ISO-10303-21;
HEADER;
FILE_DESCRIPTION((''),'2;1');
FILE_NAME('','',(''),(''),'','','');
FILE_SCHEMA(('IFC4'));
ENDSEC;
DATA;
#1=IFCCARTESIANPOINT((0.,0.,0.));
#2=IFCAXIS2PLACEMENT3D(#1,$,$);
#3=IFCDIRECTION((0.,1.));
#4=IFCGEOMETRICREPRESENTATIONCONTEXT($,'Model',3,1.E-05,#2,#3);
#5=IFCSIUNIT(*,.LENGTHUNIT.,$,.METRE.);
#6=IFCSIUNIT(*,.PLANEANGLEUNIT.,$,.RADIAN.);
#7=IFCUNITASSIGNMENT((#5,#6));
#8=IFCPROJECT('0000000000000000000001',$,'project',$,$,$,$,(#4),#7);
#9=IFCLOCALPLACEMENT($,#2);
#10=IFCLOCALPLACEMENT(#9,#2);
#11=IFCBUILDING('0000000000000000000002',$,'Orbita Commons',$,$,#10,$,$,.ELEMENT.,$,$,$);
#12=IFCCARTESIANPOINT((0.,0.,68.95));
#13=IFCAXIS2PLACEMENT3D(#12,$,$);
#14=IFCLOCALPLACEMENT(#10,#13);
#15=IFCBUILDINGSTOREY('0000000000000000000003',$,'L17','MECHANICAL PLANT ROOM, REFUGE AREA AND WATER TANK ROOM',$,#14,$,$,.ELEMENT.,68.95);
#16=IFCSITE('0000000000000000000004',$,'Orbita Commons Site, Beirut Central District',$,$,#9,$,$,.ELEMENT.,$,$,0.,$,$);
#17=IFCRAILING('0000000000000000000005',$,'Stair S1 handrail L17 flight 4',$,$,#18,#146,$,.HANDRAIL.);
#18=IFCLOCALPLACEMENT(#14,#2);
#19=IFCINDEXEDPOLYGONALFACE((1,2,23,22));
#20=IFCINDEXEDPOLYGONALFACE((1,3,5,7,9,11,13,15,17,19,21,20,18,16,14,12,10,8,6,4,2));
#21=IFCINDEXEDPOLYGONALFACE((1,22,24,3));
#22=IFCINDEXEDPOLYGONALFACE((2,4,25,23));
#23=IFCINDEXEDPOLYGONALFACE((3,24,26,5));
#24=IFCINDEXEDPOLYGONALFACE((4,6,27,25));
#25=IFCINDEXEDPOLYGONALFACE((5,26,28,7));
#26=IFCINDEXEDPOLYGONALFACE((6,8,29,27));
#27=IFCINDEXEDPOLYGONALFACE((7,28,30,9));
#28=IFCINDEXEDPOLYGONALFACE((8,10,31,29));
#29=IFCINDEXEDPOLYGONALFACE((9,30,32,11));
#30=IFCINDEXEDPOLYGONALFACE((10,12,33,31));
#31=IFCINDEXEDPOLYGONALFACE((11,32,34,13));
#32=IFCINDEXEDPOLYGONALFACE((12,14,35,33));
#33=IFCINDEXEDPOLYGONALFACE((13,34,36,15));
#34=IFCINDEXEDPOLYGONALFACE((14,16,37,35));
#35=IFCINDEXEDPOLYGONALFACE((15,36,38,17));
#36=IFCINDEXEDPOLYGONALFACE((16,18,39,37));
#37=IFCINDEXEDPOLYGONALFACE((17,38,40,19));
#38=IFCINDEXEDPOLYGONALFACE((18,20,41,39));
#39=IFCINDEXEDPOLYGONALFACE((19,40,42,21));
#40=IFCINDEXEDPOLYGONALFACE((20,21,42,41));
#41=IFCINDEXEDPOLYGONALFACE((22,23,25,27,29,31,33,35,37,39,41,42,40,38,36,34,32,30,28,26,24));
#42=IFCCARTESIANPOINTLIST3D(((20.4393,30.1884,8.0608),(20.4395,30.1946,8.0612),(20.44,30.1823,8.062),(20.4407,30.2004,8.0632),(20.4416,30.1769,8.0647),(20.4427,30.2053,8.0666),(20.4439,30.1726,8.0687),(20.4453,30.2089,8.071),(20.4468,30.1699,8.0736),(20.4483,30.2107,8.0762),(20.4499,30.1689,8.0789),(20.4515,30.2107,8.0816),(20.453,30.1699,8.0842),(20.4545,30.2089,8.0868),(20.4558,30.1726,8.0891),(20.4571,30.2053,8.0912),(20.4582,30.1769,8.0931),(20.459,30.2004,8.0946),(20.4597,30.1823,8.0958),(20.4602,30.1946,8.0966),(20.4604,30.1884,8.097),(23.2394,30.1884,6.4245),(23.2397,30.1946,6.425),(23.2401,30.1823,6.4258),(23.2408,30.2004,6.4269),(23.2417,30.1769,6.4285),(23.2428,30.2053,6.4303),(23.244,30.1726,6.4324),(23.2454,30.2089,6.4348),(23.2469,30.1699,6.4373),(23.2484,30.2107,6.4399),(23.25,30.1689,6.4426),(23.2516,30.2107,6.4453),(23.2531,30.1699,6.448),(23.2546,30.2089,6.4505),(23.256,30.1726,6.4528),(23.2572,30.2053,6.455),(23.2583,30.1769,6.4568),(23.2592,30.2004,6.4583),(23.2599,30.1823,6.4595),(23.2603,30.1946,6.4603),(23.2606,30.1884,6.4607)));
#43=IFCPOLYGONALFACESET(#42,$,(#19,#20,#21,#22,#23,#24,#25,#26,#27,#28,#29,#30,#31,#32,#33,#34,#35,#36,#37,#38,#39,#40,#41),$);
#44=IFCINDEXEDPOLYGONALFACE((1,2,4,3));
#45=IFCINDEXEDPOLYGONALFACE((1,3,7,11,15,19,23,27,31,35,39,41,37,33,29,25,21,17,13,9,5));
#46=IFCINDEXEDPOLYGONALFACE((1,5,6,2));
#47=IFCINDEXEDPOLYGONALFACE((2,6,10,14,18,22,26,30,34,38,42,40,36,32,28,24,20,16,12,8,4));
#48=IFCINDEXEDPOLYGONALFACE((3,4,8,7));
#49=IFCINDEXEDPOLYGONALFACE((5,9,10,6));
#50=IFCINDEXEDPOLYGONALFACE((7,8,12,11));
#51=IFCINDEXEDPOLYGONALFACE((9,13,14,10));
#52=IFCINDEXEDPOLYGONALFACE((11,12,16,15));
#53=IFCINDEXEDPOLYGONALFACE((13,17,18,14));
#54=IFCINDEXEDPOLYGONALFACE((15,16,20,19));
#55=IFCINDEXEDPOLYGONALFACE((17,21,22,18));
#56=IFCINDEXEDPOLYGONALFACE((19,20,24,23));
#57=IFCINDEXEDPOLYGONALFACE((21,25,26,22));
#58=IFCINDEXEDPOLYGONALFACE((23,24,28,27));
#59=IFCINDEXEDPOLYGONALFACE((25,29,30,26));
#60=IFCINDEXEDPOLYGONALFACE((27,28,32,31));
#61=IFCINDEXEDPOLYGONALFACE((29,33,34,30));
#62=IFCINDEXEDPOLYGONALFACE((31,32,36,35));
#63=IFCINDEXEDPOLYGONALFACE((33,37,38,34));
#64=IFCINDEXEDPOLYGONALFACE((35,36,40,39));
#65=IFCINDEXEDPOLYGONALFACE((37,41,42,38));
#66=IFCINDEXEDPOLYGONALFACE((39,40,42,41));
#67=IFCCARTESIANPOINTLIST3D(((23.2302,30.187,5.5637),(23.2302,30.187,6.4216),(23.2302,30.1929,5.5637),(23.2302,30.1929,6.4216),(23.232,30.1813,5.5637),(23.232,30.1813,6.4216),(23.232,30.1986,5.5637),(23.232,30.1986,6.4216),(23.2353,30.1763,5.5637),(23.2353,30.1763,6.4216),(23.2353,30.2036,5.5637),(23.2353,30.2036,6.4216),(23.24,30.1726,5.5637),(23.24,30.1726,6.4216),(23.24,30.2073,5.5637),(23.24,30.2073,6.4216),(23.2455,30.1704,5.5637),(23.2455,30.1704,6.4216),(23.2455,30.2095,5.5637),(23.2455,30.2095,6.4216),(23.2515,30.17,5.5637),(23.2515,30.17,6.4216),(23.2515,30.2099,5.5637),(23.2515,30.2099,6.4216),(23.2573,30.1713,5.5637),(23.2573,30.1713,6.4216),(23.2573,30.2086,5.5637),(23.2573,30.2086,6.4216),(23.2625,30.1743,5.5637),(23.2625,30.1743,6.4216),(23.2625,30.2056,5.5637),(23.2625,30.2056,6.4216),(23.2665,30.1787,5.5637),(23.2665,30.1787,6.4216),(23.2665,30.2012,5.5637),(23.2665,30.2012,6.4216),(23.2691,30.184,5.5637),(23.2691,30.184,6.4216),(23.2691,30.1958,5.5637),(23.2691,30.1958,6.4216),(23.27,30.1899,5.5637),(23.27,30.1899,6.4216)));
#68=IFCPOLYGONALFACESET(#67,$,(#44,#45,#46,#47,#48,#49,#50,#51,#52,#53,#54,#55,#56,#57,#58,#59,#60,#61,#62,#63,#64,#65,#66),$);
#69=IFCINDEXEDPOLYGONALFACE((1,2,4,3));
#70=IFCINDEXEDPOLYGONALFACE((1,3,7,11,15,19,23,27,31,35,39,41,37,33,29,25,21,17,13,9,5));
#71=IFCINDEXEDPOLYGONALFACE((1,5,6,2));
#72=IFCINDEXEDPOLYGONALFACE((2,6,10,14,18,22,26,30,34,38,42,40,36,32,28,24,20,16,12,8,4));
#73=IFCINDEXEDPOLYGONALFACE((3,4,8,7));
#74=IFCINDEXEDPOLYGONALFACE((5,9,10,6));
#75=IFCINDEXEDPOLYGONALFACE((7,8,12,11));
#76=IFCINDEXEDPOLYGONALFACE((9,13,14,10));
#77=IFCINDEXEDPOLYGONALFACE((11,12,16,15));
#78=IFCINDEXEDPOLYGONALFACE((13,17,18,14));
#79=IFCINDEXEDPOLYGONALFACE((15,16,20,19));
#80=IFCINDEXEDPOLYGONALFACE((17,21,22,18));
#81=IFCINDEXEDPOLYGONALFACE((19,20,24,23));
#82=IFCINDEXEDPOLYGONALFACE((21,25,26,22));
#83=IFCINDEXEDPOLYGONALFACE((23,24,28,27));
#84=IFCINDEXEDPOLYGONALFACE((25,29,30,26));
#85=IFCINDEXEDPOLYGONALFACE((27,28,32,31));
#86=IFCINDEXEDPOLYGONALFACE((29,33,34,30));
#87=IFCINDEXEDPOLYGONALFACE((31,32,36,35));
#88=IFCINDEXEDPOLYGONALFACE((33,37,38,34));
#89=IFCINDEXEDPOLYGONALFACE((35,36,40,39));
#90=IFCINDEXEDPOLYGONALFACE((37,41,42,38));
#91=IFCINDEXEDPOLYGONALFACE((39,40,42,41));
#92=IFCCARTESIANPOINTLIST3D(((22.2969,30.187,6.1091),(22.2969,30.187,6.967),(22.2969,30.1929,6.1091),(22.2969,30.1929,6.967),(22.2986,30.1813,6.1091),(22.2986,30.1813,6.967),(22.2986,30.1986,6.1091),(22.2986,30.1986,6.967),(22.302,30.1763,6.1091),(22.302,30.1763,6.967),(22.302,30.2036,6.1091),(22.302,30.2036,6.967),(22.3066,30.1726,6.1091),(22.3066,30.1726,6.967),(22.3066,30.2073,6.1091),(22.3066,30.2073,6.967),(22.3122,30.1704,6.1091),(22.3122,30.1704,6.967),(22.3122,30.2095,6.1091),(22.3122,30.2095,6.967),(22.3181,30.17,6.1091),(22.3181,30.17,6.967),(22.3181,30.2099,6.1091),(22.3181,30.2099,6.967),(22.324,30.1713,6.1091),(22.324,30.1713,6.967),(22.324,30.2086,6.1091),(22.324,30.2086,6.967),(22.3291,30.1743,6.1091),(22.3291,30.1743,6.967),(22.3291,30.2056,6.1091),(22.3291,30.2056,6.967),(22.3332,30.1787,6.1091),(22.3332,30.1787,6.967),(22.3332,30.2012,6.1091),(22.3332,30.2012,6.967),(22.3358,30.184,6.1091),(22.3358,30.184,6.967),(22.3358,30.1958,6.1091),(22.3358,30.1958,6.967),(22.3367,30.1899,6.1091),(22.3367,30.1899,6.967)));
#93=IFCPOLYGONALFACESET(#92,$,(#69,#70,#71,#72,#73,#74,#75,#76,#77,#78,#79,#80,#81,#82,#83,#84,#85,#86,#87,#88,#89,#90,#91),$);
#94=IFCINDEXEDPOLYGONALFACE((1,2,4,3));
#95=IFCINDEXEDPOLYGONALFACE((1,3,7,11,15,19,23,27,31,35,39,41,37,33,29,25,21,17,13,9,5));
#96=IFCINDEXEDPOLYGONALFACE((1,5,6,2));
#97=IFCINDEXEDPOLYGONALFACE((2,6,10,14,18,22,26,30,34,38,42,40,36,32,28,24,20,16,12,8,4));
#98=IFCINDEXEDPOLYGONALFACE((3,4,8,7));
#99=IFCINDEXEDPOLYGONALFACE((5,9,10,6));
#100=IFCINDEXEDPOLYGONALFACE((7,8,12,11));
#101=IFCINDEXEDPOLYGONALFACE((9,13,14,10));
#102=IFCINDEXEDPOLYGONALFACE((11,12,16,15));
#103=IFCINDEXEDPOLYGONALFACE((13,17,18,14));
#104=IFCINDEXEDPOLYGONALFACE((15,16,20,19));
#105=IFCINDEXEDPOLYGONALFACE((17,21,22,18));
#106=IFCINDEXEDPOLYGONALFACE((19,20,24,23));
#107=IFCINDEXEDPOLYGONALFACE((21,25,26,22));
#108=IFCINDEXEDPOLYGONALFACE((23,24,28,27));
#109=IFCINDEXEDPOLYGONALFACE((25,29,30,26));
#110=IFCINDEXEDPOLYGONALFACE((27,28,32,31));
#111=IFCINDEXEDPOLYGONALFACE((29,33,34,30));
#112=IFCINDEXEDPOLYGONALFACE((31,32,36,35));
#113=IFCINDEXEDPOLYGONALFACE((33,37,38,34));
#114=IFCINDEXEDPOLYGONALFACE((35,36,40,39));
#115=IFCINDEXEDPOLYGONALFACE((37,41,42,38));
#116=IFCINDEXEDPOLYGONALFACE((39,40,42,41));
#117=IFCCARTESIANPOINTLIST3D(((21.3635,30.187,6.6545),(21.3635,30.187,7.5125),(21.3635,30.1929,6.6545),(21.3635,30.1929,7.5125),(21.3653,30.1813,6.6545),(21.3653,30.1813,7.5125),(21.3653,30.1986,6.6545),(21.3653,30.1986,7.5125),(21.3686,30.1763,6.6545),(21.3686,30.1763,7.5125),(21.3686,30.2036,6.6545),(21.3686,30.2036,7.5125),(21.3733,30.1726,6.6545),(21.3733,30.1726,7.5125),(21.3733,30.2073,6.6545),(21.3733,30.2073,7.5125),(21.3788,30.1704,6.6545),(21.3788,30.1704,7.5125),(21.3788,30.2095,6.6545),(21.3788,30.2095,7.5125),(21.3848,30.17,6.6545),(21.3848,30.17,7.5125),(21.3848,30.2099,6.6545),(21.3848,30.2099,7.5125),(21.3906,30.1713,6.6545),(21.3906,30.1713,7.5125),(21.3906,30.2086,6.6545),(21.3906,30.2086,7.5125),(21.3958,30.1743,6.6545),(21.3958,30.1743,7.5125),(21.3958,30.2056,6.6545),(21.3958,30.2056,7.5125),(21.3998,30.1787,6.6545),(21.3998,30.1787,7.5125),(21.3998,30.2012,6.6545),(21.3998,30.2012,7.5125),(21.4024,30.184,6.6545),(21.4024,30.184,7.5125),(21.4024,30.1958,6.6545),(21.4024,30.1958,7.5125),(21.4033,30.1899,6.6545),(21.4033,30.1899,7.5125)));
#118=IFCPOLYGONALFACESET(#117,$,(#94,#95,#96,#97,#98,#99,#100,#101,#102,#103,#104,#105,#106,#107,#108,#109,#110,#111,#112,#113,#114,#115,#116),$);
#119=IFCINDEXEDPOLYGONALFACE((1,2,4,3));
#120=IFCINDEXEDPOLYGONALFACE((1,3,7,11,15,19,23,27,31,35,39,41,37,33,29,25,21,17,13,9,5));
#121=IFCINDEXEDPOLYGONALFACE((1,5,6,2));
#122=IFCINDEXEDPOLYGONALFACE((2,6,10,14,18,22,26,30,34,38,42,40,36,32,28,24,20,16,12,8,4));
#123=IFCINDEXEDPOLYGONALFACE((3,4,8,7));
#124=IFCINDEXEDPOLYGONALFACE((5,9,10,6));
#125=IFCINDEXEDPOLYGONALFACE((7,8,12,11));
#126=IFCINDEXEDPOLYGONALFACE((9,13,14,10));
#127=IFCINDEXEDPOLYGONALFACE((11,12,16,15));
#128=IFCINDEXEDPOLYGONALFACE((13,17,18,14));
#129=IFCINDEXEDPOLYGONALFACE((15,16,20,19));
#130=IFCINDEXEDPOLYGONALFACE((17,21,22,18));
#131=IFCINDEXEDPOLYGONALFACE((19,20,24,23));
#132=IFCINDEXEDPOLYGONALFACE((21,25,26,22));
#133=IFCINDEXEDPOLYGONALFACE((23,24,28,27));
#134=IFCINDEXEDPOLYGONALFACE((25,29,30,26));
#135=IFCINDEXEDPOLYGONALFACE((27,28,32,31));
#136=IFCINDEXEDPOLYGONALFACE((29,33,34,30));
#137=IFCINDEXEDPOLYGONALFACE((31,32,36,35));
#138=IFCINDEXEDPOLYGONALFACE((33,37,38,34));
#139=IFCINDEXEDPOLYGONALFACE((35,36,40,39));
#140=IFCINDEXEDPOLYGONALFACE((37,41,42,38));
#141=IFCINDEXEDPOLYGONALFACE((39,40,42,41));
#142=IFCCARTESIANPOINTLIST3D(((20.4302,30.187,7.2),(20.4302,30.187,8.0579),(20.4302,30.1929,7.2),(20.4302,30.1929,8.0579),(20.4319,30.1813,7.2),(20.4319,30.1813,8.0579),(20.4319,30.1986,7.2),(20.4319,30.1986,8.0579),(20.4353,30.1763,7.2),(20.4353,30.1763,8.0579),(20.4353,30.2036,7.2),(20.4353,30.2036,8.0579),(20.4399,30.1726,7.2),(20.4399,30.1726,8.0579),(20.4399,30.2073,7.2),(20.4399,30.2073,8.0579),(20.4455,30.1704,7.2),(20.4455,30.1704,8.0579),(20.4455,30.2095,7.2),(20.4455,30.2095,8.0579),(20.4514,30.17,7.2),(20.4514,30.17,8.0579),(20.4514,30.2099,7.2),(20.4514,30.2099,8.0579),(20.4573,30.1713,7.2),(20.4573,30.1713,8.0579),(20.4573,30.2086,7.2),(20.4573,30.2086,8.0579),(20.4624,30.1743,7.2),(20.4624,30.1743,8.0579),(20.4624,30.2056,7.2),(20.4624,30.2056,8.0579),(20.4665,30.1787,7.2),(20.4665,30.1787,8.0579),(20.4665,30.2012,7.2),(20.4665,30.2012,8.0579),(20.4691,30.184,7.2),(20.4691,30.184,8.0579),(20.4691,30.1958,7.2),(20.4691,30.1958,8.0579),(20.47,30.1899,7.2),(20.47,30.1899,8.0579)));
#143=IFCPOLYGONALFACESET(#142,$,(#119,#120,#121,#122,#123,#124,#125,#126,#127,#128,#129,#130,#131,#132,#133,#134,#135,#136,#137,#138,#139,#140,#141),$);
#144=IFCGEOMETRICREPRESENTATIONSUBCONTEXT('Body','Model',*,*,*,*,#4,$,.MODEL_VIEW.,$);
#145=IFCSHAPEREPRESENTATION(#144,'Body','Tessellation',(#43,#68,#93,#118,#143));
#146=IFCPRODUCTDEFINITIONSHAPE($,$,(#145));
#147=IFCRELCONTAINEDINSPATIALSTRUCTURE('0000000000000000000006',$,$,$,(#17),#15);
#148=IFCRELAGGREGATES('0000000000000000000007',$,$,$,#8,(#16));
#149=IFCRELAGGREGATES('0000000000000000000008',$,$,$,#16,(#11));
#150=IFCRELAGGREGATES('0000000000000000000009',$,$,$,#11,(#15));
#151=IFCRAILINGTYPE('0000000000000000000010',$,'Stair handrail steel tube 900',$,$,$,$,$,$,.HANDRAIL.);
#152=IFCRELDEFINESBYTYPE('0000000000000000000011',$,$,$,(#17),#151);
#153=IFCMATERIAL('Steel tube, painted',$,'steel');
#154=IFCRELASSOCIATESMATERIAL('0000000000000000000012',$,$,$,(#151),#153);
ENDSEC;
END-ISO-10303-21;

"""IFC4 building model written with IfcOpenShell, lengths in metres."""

from ifc_helpers import new_model, si_unit, direction, frame, origin, origin_2d, place, context, subcontext, project, spatial, circle, extrude, material, type_object, element, save


model = new_model("IFC4")

# Units and contexts
model_context = context("Model", 3, precision=1e-05, world=origin(), true_north=direction((0.0, 1.0)))
body_context = subcontext(model_context, "Body", "Model", "MODEL_VIEW")
ifc_project = project(units=[si_unit("LENGTHUNIT", "METRE"), si_unit("PLANEANGLEUNIT", "RADIAN")], contexts=[model_context])

# Site, building, storey
site_placement = place(None, origin())
site = spatial("IfcSite", under=ifc_project, at=site_placement, Name="Orbita Commons Site, Beirut Central District", CompositionType="ELEMENT", RefElevation=0.0)
building_placement = place(site_placement, origin())
building = spatial("IfcBuilding", under=site, at=building_placement, Name="Orbita Commons", CompositionType="ELEMENT")
storey_placement = place(building_placement, frame((0.0, 0.0, 68.95)))
storey = spatial("IfcBuildingStorey", under=building, at=storey_placement, Name="L17", Description="MECHANICAL PLANT ROOM, REFUGE AREA AND WATER TANK ROOM", CompositionType="ELEMENT", Elevation=68.95)

# Railing
ifc_material_1 = material(Name="Steel tube, painted", Category="steel")
railing_type = type_object("IfcRailingType", Name="Stair handrail steel tube 900", PredefinedType="HANDRAIL", material=ifc_material_1)
for number, where, name in (
    (1, (23.25, 30.1899, 5.5637), "Stair S1 handrail L17 flight 4"),
):
    element("IfcRailing", number, at=place(storey_placement, frame(where)), inside=storey, type_object=railing_type, Name=name, PredefinedType="HANDRAIL", context=body_context, shape_type="SweptSolid", body=[
        extrude(circle(Radius=0.021, at=origin_2d()), frame((0.0, 0.0, 0.8789), z_axis=(-0.863394, 0.0, 0.504531), x_axis=(0.0, -1.0, 0.0)), (0.0, 0.0, 1.0), 3.2432),
        extrude(circle(Radius=0.02, at=origin_2d()), origin(), (0.0, 0.0, 1.0), 0.8579),
        extrude(circle(Radius=0.02, at=origin_2d()), frame((-0.9333, 0.0, 0.5454)), (0.0, 0.0, 1.0), 0.8579),
        extrude(circle(Radius=0.02, at=origin_2d()), frame((-1.8667, 0.0, 1.0908)), (0.0, 0.0, 1.0), 0.8579),
        extrude(circle(Radius=0.02, at=origin_2d()), frame((-2.8, 0.0, 1.6362)), (0.0, 0.0, 1.0), 0.8579),
    ])

save(model, "model.ifc")
